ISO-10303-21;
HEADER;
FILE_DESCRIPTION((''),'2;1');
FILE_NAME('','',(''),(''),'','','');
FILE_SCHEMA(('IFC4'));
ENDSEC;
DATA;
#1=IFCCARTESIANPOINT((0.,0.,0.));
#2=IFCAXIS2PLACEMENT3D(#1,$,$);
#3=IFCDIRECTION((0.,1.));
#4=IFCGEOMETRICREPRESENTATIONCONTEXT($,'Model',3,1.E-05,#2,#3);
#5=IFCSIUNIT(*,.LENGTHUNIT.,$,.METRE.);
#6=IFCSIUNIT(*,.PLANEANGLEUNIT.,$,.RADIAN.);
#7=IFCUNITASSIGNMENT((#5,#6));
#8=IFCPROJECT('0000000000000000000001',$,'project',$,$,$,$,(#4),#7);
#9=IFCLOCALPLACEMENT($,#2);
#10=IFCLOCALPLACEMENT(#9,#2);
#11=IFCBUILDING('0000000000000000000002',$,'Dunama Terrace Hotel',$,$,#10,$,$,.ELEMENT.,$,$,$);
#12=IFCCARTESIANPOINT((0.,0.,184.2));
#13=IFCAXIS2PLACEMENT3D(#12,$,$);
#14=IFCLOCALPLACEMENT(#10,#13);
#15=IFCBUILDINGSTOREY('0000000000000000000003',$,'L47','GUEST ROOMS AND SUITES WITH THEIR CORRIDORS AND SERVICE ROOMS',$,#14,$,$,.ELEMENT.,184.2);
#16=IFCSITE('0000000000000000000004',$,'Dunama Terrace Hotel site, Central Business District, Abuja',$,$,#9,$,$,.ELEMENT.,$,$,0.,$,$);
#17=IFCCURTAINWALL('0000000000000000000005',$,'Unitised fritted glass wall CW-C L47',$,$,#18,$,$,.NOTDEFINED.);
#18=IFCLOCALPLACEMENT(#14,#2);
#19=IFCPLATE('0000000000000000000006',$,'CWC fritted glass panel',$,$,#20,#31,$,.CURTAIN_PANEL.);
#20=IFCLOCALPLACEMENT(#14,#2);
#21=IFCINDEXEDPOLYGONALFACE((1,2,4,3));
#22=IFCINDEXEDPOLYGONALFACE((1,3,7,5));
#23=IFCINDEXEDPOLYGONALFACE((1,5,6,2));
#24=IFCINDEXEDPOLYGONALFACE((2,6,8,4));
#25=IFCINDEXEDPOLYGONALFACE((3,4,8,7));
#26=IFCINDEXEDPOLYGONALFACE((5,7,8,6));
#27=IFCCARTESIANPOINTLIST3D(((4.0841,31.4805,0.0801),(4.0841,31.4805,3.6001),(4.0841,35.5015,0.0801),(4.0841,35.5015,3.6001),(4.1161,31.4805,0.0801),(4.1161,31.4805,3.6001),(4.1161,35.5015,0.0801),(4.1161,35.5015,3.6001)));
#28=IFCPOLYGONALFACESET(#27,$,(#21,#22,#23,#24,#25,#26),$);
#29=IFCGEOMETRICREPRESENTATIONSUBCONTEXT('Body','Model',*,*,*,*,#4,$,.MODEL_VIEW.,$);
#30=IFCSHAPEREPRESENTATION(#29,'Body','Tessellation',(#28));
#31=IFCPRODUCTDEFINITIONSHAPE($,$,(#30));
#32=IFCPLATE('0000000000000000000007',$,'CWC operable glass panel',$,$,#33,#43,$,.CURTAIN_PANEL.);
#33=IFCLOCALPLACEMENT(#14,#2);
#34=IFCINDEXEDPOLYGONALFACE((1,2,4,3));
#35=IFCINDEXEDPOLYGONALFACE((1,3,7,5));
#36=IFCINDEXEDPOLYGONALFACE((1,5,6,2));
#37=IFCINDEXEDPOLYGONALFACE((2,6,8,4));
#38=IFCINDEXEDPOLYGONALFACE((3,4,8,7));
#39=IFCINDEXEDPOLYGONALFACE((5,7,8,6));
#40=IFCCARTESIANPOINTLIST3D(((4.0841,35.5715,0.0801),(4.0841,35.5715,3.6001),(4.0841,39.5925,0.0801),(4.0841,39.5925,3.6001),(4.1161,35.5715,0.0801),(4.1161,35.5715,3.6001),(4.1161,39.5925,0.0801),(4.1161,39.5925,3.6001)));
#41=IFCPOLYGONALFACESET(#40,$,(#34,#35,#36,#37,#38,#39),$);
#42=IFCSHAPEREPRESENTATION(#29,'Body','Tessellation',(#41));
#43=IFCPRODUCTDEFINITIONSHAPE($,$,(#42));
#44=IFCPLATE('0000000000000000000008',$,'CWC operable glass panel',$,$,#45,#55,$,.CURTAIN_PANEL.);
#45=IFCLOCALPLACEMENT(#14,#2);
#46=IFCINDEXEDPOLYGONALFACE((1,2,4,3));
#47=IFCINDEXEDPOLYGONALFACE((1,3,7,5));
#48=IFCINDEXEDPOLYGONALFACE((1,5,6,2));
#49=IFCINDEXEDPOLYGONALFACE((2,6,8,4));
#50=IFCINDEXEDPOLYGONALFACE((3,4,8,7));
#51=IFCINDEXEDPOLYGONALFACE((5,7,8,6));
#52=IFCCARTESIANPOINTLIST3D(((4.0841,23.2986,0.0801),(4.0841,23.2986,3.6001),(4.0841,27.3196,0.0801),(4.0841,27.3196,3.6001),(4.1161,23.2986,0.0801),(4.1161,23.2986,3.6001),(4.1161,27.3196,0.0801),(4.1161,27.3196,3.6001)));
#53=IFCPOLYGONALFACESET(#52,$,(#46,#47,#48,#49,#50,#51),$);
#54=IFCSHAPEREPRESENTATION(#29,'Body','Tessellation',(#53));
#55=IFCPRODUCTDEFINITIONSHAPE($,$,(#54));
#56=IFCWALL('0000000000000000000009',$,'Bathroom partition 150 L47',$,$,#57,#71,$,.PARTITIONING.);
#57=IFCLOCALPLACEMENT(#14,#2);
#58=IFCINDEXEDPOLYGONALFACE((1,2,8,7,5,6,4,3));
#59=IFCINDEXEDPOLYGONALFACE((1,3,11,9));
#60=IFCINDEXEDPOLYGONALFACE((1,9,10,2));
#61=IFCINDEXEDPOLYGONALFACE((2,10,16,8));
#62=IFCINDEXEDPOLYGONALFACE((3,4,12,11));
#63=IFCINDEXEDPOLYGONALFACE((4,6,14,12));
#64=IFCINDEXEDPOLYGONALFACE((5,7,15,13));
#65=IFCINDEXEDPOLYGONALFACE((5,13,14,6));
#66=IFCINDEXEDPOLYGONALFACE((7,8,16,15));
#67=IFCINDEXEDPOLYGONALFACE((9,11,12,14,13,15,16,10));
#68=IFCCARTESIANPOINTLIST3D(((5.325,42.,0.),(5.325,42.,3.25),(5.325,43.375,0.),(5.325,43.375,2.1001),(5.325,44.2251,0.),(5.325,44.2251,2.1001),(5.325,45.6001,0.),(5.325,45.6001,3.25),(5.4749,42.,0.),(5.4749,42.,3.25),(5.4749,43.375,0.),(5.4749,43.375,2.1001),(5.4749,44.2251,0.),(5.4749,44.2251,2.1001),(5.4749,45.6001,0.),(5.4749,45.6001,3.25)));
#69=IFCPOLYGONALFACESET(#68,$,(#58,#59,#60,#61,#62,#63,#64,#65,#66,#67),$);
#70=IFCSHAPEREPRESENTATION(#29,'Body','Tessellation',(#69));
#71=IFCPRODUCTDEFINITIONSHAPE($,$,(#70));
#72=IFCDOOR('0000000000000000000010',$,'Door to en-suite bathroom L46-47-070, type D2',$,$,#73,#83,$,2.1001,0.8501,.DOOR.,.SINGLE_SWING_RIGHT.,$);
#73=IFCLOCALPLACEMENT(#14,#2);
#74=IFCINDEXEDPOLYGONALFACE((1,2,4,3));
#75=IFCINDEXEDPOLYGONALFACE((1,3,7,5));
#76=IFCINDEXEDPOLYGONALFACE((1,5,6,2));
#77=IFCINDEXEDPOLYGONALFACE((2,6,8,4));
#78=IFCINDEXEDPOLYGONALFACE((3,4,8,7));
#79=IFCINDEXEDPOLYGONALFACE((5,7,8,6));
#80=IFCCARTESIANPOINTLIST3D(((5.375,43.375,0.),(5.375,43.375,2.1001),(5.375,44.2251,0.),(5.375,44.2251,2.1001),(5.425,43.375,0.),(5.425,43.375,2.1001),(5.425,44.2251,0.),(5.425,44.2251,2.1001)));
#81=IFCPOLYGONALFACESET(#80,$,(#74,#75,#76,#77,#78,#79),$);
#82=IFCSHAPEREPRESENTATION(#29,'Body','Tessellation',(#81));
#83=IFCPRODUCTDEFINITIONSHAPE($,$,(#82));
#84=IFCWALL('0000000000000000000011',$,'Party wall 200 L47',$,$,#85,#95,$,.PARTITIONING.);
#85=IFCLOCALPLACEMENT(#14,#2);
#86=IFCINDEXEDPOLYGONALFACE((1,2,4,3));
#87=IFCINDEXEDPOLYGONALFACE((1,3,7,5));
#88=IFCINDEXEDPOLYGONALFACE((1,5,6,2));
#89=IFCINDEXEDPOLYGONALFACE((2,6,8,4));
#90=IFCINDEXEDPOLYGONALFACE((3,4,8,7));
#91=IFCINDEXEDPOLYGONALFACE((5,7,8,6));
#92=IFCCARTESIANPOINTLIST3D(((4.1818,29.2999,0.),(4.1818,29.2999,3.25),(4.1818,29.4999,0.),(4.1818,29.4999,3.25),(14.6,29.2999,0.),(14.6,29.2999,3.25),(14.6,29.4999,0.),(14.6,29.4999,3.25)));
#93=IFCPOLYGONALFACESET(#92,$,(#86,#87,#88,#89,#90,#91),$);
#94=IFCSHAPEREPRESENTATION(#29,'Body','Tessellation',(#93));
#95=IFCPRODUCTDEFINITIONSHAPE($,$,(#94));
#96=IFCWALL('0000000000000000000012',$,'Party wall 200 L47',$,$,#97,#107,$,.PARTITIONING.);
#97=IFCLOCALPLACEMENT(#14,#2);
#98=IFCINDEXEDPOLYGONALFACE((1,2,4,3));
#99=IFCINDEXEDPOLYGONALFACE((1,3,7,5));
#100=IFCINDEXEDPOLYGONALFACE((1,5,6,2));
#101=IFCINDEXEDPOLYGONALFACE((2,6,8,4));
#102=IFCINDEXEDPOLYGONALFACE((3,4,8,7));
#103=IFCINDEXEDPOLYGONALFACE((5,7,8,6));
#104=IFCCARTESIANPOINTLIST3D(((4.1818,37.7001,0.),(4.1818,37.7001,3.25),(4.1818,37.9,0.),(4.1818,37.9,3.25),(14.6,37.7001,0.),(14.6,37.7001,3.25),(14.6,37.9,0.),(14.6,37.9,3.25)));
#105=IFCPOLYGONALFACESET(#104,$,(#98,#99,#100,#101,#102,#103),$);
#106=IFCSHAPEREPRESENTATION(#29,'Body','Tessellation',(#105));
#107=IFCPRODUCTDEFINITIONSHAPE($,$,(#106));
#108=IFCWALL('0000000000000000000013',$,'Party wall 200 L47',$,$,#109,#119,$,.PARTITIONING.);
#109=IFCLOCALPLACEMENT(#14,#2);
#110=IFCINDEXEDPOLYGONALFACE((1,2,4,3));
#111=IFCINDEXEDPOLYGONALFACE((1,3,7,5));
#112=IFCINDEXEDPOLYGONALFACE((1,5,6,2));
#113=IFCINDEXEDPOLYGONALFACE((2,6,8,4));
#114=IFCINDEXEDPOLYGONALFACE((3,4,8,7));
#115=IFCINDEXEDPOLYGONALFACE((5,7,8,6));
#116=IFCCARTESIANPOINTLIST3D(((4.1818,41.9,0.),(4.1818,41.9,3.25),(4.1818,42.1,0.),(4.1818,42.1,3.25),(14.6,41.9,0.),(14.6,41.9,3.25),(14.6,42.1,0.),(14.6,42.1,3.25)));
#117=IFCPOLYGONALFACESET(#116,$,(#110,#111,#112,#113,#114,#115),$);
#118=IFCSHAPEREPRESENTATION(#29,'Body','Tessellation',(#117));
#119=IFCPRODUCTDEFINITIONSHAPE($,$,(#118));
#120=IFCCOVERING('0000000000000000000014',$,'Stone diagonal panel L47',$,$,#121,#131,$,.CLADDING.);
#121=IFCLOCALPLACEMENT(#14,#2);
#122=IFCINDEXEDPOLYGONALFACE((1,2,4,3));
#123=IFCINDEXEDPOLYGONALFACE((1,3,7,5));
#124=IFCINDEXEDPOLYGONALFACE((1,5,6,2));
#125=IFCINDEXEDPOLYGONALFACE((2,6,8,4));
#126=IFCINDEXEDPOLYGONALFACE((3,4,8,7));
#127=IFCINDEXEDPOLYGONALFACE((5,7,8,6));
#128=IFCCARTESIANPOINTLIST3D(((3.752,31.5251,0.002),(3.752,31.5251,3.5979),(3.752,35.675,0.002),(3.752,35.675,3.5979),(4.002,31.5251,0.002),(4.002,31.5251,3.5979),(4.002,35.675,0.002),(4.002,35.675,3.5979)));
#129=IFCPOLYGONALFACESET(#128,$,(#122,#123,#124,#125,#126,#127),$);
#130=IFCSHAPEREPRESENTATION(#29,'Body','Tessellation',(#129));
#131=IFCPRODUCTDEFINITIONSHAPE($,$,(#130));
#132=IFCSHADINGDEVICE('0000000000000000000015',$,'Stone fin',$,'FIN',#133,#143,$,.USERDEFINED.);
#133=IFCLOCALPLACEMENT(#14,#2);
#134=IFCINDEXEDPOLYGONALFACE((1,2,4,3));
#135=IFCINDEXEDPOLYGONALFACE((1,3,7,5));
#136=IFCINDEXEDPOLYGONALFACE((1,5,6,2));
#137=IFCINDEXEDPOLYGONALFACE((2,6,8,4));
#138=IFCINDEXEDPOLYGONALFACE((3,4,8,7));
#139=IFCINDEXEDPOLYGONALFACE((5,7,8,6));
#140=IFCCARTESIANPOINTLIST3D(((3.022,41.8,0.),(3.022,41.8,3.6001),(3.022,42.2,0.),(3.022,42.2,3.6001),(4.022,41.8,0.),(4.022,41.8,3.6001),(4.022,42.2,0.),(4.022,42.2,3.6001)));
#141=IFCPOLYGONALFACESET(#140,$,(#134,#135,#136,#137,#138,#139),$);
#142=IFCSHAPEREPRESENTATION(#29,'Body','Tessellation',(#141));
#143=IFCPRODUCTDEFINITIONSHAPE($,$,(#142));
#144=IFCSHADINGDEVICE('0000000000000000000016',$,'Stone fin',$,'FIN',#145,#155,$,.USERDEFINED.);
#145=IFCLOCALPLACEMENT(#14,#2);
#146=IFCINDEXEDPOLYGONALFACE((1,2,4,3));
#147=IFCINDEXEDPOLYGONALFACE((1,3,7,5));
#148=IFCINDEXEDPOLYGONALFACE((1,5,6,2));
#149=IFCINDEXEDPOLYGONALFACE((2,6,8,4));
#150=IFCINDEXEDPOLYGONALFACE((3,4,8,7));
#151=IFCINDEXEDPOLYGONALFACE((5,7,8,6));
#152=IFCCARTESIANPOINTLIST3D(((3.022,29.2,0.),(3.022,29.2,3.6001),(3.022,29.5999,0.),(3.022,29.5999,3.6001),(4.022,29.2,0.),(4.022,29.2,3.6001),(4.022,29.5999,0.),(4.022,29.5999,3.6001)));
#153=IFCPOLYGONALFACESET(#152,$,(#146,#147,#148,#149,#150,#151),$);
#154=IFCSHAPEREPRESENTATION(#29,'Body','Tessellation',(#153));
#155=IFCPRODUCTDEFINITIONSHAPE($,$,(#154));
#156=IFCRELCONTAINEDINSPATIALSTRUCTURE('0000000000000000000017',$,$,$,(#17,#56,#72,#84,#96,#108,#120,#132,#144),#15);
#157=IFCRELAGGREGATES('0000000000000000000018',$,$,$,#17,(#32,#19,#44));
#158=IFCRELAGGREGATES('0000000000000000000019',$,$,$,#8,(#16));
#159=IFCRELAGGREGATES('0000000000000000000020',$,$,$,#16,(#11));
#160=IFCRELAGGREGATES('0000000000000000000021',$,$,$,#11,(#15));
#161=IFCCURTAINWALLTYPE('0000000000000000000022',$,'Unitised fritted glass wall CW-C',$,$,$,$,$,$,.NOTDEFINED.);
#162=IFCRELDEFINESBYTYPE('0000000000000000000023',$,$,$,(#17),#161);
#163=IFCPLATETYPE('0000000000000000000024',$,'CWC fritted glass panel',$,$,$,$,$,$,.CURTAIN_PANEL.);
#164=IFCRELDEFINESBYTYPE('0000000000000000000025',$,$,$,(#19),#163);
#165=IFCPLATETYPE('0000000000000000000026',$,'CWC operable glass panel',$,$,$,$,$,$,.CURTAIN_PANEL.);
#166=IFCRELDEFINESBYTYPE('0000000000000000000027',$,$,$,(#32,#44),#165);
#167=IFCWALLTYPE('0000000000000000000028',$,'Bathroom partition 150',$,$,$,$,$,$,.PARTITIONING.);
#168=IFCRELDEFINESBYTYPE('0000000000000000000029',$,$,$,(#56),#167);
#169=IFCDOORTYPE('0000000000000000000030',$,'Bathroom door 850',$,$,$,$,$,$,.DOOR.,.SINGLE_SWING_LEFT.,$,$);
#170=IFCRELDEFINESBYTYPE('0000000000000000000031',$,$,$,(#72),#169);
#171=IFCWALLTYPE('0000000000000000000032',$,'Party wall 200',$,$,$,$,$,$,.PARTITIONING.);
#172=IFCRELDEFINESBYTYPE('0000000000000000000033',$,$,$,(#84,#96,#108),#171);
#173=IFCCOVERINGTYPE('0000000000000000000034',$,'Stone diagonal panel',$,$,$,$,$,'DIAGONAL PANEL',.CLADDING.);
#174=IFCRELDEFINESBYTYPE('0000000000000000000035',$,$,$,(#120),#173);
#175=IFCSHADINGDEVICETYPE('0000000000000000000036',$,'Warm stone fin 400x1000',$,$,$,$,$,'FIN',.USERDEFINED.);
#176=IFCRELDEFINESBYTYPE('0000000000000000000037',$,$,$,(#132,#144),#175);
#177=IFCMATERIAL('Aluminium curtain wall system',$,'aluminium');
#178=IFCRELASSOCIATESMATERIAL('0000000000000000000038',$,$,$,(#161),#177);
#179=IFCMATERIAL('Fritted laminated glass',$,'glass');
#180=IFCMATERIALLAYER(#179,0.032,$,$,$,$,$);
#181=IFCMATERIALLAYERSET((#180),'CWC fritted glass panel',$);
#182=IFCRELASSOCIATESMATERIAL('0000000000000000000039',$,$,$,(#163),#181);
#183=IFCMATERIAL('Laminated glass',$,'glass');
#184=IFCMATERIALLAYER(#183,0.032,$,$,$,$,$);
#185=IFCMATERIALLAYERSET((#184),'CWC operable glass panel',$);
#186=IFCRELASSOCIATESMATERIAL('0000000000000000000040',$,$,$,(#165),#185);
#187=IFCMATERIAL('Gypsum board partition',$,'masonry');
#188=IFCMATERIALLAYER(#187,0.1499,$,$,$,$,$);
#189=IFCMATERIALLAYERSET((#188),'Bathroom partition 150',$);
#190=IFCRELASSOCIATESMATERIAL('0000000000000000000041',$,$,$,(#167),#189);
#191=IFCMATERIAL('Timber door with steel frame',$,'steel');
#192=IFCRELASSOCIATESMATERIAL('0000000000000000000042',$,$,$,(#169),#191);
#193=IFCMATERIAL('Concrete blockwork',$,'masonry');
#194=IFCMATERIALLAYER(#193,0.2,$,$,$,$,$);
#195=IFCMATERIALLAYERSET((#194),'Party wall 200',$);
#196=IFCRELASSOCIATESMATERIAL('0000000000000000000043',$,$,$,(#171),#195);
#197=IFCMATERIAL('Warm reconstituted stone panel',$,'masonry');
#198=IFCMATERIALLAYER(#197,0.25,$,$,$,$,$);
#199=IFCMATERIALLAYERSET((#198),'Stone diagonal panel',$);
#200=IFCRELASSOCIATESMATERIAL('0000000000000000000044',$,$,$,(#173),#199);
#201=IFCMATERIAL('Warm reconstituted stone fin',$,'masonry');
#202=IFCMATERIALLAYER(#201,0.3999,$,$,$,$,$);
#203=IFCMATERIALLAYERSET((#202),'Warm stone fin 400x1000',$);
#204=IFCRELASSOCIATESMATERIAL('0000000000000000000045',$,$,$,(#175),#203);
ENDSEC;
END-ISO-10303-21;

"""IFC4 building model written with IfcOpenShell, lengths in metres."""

from ifc_helpers import new_model, si_unit, direction, frame, frame_2d, origin, origin_2d, place, context, subcontext, project, spatial, rectangle, extrude, material, layer, layer_set, type_object, element, fill, aggregate, save


model = new_model("IFC4")

# Units and contexts
model_context = context("Model", 3, precision=1e-05, world=origin(), true_north=direction((0.0, 1.0)))
body_context = subcontext(model_context, "Body", "Model", "MODEL_VIEW")
ifc_project = project(units=[si_unit("LENGTHUNIT", "METRE"), si_unit("PLANEANGLEUNIT", "RADIAN")], contexts=[model_context])

# Site, building, storey
site_placement = place(None, origin())
site = spatial("IfcSite", under=ifc_project, at=site_placement, Name="Dunama Terrace Hotel site, Central Business District, Abuja", CompositionType="ELEMENT", RefElevation=0.0)
building_placement = place(site_placement, origin())
building = spatial("IfcBuilding", under=site, at=building_placement, Name="Dunama Terrace Hotel", CompositionType="ELEMENT")
storey_placement = place(building_placement, frame((0.0, 0.0, 184.2)))
storey = spatial("IfcBuildingStorey", under=building, at=storey_placement, Name="L47", Description="GUEST ROOMS AND SUITES WITH THEIR CORRIDORS AND SERVICE ROOMS", CompositionType="ELEMENT", Elevation=184.2)

# Curtain wall
ifc_material_1 = material(Name="Aluminium curtain wall system", Category="aluminium")
curtain_wall_type = type_object("IfcCurtainWallType", Name="Unitised fritted glass wall CW-C", PredefinedType="NOTDEFINED", material=ifc_material_1)
curtain_wall_placement = place(storey_placement, origin())
curtain_wall = element("IfcCurtainWall", 1, at=curtain_wall_placement, inside=storey, type_object=curtain_wall_type, Name="Unitised fritted glass wall CW-C L47", PredefinedType="NOTDEFINED")

# Plates
ifc_material_2 = material(Name="Fritted laminated glass", Category="glass")
ifc_layer_1 = layer(ifc_material_2, 0.032)
ifc_layer_set_1 = layer_set([ifc_layer_1], Name="CWC fritted glass panel")
plate_type_1 = type_object("IfcPlateType", Name="CWC fritted glass panel", PredefinedType="CURTAIN_PANEL", material=ifc_layer_set_1)
plate_1_placement = place(storey_placement, frame((4.1001, 33.491, 0.0801), z_axis=(0.0, 0.0, 1.0), x_axis=(0.0, -1.0, 0.0)))
plate_1 = element("IfcPlate", 2, at=plate_1_placement, type_object=plate_type_1, Name="CWC fritted glass panel", PredefinedType="CURTAIN_PANEL", context=body_context, shape_type="SweptSolid", body=[
    extrude(rectangle(XDim=4.021, YDim=0.032, at=origin_2d()), origin(), (0.0, 0.0, 1.0), 3.52),
])
ifc_material_3 = material(Name="Laminated glass", Category="glass")
ifc_layer_2 = layer(ifc_material_3, 0.032)
ifc_layer_set_2 = layer_set([ifc_layer_2], Name="CWC operable glass panel")
plate_type_2 = type_object("IfcPlateType", Name="CWC operable glass panel", PredefinedType="CURTAIN_PANEL", material=ifc_layer_set_2)
plate_2_placement = place(storey_placement, frame((4.1001, 37.582, 0.0801), z_axis=(0.0, 0.0, 1.0), x_axis=(0.0, -1.0, 0.0)))
plate_2 = element("IfcPlate", 3, at=plate_2_placement, type_object=plate_type_2, Name="CWC operable glass panel", PredefinedType="CURTAIN_PANEL", context=body_context, shape_type="SweptSolid", body=[
    extrude(rectangle(XDim=4.021, YDim=0.032, at=origin_2d()), origin(), (0.0, 0.0, 1.0), 3.52),
])
plate_3_placement = place(storey_placement, frame((4.1001, 25.3091, 0.0801), z_axis=(0.0, 0.0, 1.0), x_axis=(0.0, -1.0, 0.0)))
plate_3 = element("IfcPlate", 4, at=plate_3_placement, type_object=plate_type_2, Name="CWC operable glass panel", PredefinedType="CURTAIN_PANEL", context=body_context, shape_type="SweptSolid", body=[
    extrude(rectangle(XDim=4.021, YDim=0.032, at=origin_2d()), origin(), (0.0, 0.0, 1.0), 3.52),
])
aggregate(curtain_wall, [plate_2, plate_1, plate_3])

# Wall, opening, door
ifc_material_4 = material(Name="Gypsum board partition", Category="masonry")
ifc_layer_3 = layer(ifc_material_4, 0.1499)
ifc_layer_set_3 = layer_set([ifc_layer_3], Name="Bathroom partition 150")
wall_type_1 = type_object("IfcWallType", Name="Bathroom partition 150", PredefinedType="PARTITIONING", material=ifc_layer_set_3)
wall_placement = place(storey_placement, frame((5.3999, 42.0, 0.0), z_axis=(0.0, 0.0, 1.0), x_axis=(0.0, 1.0, 0.0)))
wall = element("IfcWall", 5, at=wall_placement, inside=storey, type_object=wall_type_1, Name="Bathroom partition 150 L47", PredefinedType="PARTITIONING", context=body_context, shape_type="SweptSolid", body=[
    extrude(rectangle(XDim=3.6001, YDim=0.1499, at=frame_2d((1.8, 0.0))), origin(), (0.0, 0.0, 1.0), 3.25),
])
opening_placement = place(wall_placement, frame((1.375, 0.0, 0.0)))
opening = element("IfcOpeningElement", 6, at=opening_placement, cuts=wall, PredefinedType="OPENING", context=body_context, shape_type="SweptSolid", body=[
    extrude(rectangle(XDim=0.8501, YDim=2.1001, at=frame_2d((0.425, 1.05))), frame((0.0, 0.085, 0.0), z_axis=(0.0, -1.0, 0.0), x_axis=(1.0, 0.0, 0.0)), (0.0, 0.0, 1.0), 0.1699),
])
ifc_material_5 = material(Name="Timber door with steel frame", Category="steel")
door_type = type_object("IfcDoorType", Name="Bathroom door 850", OperationType="SINGLE_SWING_LEFT", PredefinedType="DOOR", material=ifc_material_5)
door_placement = place(opening_placement, frame((0.8501, 0.0, 0.0), z_axis=(0.0, 0.0, 1.0), x_axis=(-1.0, 0.0, 0.0)))
door = element("IfcDoor", 7, at=door_placement, inside=storey, type_object=door_type, Name="Door to en-suite bathroom L46-47-070, type D2", OperationType="SINGLE_SWING_RIGHT", OverallHeight=2.1001, OverallWidth=0.8501, PredefinedType="DOOR", context=body_context, shape_type="SweptSolid", body=[
    extrude(rectangle(XDim=0.8501, YDim=2.1001, at=frame_2d((0.425, 1.05))), frame((0.0, 0.0251, 0.0), z_axis=(0.0, -1.0, 0.0), x_axis=(1.0, 0.0, 0.0)), (0.0, 0.0, 1.0), 0.05),
])
fill(opening, door)

# Walls
ifc_material_6 = material(Name="Concrete blockwork", Category="masonry")
ifc_layer_4 = layer(ifc_material_6, 0.2)
ifc_layer_set_4 = layer_set([ifc_layer_4], Name="Party wall 200")
wall_type_2 = type_object("IfcWallType", Name="Party wall 200", PredefinedType="PARTITIONING", material=ifc_layer_set_4)
for number, where, z_axis, x_axis, name in (
    (8, (4.1819, 29.3999, 0.0), (0.0, 0.0, 1.0), (1.0, 0.0, 0.0), "Party wall 200 L47"),
    (9, (4.1819, 37.8, 0.0), (0.0, 0.0, 1.0), (1.0, 0.0, 0.0), "Party wall 200 L47"),
    (10, (4.1819, 42.0, 0.0), (0.0, 0.0, 1.0), (1.0, 0.0, 0.0), "Party wall 200 L47"),
):
    element("IfcWall", number, at=place(storey_placement, frame(where, z_axis=z_axis, x_axis=x_axis)), inside=storey, type_object=wall_type_2, Name=name, PredefinedType="PARTITIONING", context=body_context, shape_type="SweptSolid", body=[
        extrude(rectangle(XDim=10.4182, YDim=0.2, at=frame_2d((5.209, 0.0))), origin(), (0.0, 0.0, 1.0), 3.25),
    ])

# Covering
ifc_material_7 = material(Name="Warm reconstituted stone panel", Category="masonry")
ifc_layer_5 = layer(ifc_material_7, 0.25)
ifc_layer_set_5 = layer_set([ifc_layer_5], Name="Stone diagonal panel")
covering_type = type_object("IfcCoveringType", Name="Stone diagonal panel", ElementType="DIAGONAL PANEL", PredefinedType="CLADDING", material=ifc_layer_set_5)
covering_placement = place(storey_placement, frame((3.877, 33.6001, 0.002), z_axis=(0.0, 0.0, 1.0), x_axis=(0.0, -1.0, 0.0)))
element("IfcCovering", 11, at=covering_placement, inside=storey, type_object=covering_type, Name="Stone diagonal panel L47", PredefinedType="CLADDING", context=body_context, shape_type="SweptSolid", body=[
    extrude(rectangle(XDim=4.1499, YDim=0.25, at=origin_2d()), origin(), (0.0, 0.0, 1.0), 3.5959),
])

# Shading devices
ifc_material_8 = material(Name="Warm reconstituted stone fin", Category="masonry")
ifc_layer_6 = layer(ifc_material_8, 0.3999)
ifc_layer_set_6 = layer_set([ifc_layer_6], Name="Warm stone fin 400x1000")
shading_device_type = type_object("IfcShadingDeviceType", Name="Warm stone fin 400x1000", ElementType="FIN", PredefinedType="USERDEFINED", material=ifc_layer_set_6)
for number, where, z_axis, x_axis, name in (
    (12, (3.522, 42.0, 0.0), (0.0, 0.0, 1.0), (0.0, -1.0, 0.0), "Stone fin"),
    (13, (3.522, 29.3999, 0.0), (0.0, 0.0, 1.0), (0.0, -1.0, 0.0), "Stone fin"),
):
    element("IfcShadingDevice", number, at=place(storey_placement, frame(where, z_axis=z_axis, x_axis=x_axis)), inside=storey, type_object=shading_device_type, Name=name, ObjectType="FIN", PredefinedType="USERDEFINED", context=body_context, shape_type="SweptSolid", body=[
        extrude(rectangle(XDim=0.3999, YDim=1.0, at=origin_2d()), origin(), (0.0, 0.0, 1.0), 3.6001),
    ])

save(model, "model.ifc")
